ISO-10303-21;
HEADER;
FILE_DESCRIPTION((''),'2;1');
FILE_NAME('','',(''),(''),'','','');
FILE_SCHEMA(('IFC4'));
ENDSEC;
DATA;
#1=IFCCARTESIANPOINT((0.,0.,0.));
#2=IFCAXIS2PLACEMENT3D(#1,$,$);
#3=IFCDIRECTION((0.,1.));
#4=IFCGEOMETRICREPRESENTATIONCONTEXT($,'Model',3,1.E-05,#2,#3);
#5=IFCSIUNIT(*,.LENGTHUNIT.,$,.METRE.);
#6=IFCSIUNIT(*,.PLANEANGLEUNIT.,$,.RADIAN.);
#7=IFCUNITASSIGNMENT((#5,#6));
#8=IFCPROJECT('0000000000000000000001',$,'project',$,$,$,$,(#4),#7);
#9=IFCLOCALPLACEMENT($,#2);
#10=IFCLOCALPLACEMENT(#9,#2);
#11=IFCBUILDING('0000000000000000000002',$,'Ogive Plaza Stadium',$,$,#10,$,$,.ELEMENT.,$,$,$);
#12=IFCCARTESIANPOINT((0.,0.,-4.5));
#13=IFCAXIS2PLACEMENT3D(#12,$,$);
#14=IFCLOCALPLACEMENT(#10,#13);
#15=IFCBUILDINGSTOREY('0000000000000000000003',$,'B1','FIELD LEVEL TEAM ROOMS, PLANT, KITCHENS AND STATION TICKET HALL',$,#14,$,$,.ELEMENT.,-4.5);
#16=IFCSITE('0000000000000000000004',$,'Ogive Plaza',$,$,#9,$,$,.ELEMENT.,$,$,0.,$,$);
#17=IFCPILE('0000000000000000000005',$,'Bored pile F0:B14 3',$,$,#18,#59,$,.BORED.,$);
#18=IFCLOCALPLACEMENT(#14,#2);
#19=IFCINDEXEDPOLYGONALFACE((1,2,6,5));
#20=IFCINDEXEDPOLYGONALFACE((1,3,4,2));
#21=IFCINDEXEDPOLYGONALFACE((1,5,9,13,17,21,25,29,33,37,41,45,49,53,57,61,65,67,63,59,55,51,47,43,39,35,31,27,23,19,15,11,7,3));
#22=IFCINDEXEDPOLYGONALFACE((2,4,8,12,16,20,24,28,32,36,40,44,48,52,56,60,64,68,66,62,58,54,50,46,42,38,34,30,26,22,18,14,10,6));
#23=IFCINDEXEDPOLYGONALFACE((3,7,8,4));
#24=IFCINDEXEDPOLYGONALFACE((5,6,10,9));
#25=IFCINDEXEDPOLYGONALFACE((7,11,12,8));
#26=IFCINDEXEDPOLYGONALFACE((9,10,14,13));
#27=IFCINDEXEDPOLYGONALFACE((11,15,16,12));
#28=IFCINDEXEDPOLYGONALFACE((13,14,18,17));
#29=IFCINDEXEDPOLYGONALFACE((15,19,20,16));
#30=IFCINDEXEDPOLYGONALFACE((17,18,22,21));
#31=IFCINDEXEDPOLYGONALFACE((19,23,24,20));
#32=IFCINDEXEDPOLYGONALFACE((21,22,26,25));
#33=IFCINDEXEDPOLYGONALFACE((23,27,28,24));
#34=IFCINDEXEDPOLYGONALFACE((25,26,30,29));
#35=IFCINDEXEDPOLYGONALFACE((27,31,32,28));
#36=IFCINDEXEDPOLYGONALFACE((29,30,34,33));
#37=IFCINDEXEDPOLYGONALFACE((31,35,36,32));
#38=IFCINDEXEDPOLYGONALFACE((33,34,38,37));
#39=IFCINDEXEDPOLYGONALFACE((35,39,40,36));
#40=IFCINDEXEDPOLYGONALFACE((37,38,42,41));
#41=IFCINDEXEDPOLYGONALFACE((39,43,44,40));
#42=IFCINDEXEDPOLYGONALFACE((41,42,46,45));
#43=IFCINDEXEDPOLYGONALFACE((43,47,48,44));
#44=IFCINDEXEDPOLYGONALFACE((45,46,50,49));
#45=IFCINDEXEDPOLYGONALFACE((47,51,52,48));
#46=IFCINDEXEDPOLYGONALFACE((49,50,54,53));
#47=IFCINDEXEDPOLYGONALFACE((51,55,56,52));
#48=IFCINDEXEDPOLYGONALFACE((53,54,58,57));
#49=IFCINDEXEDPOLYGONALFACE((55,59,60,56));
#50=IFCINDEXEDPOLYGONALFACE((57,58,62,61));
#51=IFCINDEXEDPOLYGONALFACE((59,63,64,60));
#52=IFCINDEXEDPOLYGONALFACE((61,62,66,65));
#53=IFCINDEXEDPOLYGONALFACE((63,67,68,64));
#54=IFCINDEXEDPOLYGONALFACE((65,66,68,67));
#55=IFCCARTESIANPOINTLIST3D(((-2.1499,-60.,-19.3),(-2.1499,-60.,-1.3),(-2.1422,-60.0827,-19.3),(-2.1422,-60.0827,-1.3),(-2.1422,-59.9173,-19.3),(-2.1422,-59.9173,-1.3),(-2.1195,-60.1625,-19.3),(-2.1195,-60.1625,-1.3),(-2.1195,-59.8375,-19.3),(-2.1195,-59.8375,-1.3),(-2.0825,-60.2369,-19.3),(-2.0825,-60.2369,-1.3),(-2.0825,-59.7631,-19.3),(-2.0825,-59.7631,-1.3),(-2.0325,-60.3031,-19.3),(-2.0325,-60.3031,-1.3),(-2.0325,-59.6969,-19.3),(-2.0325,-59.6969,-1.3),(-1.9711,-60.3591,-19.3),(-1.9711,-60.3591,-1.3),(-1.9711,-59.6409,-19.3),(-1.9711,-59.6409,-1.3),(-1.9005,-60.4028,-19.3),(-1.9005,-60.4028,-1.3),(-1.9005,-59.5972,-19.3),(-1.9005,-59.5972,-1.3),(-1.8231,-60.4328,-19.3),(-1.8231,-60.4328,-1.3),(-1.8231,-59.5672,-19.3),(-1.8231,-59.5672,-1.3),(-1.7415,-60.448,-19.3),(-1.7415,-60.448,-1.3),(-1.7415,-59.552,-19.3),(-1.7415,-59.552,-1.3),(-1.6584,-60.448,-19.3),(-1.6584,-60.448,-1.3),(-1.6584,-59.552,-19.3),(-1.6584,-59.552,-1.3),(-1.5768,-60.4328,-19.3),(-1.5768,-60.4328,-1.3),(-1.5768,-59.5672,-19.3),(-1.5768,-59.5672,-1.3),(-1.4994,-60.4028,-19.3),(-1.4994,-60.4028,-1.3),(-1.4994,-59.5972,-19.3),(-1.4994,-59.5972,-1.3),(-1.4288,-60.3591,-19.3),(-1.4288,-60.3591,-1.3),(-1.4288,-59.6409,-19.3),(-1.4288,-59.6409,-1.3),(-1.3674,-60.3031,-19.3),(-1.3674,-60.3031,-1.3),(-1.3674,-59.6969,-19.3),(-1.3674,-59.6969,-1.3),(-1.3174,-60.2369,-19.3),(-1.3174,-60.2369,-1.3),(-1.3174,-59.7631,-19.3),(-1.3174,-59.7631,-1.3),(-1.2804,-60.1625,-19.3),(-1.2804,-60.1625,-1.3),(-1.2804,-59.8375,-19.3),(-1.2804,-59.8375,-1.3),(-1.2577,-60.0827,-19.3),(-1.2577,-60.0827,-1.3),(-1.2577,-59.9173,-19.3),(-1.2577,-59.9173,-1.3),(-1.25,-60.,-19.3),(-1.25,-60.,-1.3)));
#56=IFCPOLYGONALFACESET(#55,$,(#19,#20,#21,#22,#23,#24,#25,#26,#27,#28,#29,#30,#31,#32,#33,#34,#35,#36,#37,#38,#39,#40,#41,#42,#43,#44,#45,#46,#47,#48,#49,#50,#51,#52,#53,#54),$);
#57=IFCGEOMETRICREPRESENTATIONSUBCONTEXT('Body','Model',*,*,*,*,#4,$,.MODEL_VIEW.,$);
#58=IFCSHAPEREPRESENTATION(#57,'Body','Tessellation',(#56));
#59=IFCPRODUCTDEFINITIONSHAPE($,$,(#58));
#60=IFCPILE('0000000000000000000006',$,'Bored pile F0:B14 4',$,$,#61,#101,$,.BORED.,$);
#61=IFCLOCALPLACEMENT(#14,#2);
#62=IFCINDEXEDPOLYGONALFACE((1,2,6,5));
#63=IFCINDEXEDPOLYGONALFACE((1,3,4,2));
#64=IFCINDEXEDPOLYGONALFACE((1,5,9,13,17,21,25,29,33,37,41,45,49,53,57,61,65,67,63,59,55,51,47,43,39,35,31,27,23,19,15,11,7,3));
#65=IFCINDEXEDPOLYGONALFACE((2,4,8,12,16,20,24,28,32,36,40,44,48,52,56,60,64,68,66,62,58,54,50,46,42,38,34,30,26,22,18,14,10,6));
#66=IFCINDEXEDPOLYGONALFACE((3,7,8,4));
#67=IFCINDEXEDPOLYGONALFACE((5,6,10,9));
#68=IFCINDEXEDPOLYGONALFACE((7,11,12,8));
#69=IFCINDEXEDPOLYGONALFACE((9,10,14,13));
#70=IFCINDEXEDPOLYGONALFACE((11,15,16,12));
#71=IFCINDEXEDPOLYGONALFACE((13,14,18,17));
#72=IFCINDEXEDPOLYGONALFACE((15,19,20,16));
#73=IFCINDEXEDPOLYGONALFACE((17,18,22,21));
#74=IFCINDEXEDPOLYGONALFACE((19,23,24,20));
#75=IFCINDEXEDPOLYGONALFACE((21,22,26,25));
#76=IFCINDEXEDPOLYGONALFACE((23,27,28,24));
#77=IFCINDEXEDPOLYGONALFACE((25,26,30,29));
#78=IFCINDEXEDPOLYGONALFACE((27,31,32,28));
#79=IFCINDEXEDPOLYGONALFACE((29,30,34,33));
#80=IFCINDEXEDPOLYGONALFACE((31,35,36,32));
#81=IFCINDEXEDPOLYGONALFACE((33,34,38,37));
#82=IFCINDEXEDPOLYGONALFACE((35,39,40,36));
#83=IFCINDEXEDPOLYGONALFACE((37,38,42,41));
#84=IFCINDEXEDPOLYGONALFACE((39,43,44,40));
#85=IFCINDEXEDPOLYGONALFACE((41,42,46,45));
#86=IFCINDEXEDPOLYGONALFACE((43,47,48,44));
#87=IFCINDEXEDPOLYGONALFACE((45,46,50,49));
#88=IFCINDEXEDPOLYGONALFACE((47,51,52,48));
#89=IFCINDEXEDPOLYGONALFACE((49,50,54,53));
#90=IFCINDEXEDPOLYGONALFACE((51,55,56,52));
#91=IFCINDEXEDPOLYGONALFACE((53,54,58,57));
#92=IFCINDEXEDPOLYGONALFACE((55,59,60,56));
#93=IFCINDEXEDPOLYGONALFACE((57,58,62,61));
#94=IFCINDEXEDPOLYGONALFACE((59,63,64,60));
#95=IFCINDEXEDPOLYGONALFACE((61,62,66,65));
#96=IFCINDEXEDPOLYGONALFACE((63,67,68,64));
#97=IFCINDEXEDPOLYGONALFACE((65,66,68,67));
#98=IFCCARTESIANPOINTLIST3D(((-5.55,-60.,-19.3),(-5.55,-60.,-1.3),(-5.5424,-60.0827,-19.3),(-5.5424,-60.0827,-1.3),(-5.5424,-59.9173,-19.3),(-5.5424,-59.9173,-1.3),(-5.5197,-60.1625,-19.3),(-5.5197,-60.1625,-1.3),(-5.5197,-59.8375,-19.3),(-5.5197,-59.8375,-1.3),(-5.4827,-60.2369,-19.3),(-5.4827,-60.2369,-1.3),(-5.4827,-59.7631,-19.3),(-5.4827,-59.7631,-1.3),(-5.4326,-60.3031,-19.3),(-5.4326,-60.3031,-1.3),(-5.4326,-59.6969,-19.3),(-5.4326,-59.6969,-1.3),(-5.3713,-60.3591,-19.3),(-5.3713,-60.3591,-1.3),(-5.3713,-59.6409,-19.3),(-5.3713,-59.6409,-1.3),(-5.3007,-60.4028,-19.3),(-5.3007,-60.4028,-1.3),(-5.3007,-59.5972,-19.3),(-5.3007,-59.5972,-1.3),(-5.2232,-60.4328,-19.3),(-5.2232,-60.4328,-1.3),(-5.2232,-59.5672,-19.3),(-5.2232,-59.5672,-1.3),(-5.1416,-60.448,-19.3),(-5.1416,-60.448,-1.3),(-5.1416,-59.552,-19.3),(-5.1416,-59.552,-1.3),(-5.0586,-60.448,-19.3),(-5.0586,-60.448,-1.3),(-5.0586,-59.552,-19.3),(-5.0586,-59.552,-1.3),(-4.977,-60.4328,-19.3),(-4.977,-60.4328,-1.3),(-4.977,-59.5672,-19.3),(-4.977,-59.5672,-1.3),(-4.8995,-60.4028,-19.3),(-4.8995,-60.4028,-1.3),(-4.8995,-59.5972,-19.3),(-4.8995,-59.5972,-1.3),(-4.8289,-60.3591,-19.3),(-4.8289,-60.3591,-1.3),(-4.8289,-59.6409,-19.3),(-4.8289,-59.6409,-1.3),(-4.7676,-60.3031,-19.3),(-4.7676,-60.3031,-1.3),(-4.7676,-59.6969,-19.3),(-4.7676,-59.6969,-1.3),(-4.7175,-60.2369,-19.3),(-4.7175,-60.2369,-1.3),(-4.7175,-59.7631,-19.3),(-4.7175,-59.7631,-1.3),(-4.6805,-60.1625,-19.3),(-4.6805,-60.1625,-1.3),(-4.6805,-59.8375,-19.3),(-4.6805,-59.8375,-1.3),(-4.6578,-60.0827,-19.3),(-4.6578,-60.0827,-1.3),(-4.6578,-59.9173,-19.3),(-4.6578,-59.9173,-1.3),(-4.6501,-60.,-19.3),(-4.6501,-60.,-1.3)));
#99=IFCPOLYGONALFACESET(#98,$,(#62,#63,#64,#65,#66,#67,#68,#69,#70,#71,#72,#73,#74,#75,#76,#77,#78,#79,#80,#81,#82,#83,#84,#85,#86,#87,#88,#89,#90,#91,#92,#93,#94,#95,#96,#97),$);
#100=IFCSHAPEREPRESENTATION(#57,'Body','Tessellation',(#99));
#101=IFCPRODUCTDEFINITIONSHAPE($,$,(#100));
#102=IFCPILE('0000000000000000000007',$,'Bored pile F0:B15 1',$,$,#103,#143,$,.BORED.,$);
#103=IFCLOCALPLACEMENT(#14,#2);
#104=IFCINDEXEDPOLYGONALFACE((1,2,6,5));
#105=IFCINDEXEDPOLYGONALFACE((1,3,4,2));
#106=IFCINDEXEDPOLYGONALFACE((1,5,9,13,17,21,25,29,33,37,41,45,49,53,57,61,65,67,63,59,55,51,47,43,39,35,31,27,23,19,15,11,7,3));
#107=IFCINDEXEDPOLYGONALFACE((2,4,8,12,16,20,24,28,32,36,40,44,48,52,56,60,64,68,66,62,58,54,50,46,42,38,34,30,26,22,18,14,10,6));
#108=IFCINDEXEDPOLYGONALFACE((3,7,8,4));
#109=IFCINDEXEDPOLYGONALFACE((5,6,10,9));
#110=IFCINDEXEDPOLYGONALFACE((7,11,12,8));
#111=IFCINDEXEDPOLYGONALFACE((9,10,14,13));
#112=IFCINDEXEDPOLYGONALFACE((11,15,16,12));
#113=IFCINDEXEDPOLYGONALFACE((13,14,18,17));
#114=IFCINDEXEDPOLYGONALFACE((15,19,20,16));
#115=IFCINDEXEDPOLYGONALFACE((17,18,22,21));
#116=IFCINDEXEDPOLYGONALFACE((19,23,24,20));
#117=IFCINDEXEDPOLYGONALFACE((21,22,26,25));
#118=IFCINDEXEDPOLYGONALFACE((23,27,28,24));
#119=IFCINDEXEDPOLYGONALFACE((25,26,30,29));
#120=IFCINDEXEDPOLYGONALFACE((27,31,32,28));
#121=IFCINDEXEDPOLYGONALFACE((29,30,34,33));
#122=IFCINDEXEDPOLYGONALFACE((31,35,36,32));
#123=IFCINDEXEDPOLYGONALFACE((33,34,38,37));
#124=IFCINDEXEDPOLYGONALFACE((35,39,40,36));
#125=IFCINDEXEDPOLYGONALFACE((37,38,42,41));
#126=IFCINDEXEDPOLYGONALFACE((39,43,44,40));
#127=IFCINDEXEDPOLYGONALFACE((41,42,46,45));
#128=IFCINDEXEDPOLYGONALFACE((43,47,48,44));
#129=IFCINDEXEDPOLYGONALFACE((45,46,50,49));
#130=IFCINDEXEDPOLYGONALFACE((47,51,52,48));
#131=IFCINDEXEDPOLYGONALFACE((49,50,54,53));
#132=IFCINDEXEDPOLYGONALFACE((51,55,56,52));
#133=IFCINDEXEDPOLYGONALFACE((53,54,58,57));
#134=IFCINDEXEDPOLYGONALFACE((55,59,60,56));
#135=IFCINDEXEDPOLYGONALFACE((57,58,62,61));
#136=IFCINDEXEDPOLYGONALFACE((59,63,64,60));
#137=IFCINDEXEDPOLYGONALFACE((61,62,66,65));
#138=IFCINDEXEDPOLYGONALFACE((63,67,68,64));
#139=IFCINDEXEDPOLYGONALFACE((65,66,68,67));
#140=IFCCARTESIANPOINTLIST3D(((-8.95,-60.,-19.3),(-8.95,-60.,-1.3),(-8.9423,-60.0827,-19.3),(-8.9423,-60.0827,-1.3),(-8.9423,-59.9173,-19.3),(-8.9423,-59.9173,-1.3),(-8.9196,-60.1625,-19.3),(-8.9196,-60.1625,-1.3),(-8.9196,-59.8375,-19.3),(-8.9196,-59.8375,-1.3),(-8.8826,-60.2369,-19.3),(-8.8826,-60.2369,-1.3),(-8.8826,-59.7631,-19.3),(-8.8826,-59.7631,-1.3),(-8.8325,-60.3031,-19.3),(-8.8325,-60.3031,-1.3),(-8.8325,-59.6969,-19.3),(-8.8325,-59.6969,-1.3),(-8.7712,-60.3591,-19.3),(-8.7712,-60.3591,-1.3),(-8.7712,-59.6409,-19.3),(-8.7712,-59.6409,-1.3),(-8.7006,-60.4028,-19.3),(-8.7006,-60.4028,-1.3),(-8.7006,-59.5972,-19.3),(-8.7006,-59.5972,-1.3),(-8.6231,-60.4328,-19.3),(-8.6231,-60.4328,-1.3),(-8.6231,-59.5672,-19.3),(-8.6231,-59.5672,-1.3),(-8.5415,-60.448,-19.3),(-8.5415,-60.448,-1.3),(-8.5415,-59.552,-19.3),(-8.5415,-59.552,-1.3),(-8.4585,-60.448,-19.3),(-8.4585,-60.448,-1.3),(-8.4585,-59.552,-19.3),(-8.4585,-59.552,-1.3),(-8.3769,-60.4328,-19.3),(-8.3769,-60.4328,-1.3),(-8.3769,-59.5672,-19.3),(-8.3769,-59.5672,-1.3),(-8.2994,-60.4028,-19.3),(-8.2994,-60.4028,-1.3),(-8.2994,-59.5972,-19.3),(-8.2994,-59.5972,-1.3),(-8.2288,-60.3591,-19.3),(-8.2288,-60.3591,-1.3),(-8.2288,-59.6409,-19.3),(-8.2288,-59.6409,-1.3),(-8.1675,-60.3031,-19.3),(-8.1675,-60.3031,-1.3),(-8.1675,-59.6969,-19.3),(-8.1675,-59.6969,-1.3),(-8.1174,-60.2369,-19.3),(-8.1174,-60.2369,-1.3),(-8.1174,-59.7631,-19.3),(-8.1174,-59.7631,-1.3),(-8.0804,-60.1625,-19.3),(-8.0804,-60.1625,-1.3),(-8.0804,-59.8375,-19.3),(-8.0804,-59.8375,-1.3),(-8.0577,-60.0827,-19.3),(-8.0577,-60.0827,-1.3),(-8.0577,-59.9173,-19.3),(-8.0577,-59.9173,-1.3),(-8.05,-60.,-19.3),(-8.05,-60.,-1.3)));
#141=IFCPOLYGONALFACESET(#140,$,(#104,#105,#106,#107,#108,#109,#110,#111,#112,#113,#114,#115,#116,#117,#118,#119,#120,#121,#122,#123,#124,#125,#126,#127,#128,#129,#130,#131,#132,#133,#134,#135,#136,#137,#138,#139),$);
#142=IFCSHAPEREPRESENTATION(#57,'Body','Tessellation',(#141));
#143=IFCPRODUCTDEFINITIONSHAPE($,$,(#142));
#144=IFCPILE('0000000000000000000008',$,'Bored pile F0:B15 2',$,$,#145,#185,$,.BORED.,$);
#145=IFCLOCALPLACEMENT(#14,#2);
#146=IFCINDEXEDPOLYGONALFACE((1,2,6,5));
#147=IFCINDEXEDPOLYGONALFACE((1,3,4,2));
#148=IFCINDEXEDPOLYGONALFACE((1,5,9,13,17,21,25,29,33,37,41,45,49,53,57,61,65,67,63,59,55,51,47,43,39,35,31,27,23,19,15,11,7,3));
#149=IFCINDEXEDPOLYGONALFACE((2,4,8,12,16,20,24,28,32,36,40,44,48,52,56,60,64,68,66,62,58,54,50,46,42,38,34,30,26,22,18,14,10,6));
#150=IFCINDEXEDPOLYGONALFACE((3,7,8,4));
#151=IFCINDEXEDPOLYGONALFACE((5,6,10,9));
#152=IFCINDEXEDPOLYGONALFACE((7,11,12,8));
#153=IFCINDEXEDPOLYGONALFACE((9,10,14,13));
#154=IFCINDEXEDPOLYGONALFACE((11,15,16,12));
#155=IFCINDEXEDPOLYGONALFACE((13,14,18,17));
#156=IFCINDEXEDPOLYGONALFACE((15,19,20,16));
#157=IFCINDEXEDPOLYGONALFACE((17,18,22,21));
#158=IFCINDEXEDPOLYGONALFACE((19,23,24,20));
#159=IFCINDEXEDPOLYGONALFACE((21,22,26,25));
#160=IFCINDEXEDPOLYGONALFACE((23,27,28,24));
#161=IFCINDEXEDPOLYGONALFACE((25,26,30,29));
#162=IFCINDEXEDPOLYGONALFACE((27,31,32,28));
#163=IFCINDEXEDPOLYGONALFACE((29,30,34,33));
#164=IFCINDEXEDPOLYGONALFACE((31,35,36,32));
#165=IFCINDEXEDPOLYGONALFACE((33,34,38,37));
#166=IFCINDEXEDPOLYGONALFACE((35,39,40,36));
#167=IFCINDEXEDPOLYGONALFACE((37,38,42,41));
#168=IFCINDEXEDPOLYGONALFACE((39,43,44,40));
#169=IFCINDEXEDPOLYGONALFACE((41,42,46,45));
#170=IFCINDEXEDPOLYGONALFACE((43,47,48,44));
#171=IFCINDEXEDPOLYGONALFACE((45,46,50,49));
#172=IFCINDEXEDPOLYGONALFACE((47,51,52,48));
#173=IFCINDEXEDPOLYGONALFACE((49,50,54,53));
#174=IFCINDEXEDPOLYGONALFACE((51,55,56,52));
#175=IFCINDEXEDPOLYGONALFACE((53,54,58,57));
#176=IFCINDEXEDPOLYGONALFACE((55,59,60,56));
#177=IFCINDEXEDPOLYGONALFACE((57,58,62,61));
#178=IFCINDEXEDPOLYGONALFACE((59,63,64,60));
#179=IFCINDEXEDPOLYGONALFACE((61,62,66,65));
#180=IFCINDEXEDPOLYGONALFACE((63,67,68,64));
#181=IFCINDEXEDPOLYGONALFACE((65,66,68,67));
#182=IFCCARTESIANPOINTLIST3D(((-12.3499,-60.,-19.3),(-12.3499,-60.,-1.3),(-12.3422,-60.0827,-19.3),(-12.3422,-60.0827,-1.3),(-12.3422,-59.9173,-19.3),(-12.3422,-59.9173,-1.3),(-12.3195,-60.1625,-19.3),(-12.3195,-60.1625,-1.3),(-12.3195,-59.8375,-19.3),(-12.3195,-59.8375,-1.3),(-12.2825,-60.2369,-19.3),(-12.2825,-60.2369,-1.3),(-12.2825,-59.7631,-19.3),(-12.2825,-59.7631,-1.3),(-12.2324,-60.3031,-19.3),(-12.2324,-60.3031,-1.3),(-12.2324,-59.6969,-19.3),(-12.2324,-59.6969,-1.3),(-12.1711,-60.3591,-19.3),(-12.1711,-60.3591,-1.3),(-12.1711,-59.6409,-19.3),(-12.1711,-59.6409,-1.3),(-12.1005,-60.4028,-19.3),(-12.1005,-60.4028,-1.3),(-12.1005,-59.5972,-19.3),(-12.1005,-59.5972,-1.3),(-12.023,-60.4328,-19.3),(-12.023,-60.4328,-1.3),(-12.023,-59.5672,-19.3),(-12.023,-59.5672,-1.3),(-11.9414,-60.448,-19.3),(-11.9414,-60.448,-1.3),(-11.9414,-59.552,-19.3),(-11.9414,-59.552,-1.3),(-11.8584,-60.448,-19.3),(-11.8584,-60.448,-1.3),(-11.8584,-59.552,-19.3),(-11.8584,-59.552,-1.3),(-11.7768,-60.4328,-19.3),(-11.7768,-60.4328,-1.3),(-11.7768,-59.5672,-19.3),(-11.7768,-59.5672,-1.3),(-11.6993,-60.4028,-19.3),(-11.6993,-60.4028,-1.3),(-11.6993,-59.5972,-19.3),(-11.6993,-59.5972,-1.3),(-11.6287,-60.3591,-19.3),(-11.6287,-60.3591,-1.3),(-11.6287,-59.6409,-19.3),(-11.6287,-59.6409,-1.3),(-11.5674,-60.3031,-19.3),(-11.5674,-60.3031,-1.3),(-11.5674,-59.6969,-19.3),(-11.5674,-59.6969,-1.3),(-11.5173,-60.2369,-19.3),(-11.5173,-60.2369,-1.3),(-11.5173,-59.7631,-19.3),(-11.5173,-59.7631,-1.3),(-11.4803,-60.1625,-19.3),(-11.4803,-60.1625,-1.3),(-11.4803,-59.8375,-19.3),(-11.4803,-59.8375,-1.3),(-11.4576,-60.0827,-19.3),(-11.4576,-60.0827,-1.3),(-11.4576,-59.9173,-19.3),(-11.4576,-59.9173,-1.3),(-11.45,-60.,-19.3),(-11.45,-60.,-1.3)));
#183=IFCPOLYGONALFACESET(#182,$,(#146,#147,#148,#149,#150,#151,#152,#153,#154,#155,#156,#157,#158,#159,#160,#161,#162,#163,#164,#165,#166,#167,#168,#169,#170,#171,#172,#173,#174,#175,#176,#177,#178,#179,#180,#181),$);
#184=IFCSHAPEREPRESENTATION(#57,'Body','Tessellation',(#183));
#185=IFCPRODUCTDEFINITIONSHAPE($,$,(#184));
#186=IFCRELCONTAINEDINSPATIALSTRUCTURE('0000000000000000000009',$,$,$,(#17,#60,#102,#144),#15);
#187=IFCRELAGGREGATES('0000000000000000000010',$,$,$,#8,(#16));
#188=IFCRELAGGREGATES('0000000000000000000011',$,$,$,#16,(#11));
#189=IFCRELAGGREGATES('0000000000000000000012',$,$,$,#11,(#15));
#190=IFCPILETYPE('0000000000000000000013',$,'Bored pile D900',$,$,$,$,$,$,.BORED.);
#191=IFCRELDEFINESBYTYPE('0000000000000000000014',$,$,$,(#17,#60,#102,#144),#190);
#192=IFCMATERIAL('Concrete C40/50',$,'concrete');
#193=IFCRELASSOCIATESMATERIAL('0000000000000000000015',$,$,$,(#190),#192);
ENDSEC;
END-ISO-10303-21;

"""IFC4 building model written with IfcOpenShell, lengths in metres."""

from ifc_helpers import new_model, si_unit, direction, frame, origin, origin_2d, place, context, subcontext, project, spatial, circle, extrude, material, material_profile, profile_set, type_object, element, save


model = new_model("IFC4")

# Units and contexts
model_context = context("Model", 3, precision=1e-05, world=origin(), true_north=direction((0.0, 1.0)))
body_context = subcontext(model_context, "Body", "Model", "MODEL_VIEW")
ifc_project = project(units=[si_unit("LENGTHUNIT", "METRE"), si_unit("PLANEANGLEUNIT", "RADIAN")], contexts=[model_context])

# Site, building, storey
site_placement = place(None, origin())
site = spatial("IfcSite", under=ifc_project, at=site_placement, Name="Ogive Plaza", CompositionType="ELEMENT", RefElevation=0.0)
building_placement = place(site_placement, origin())
building = spatial("IfcBuilding", under=site, at=building_placement, Name="Ogive Plaza Stadium", CompositionType="ELEMENT")
storey_placement = place(building_placement, frame((0.0, 0.0, -4.5)))
storey = spatial("IfcBuildingStorey", under=building, at=storey_placement, Name="B1", Description="FIELD LEVEL TEAM ROOMS, PLANT, KITCHENS AND STATION TICKET HALL", CompositionType="ELEMENT", Elevation=-4.5)

# Piles
ifc_material_1 = material(Name="Concrete C40/50", Category="concrete")
ifc_material_profile_1 = material_profile(ifc_material_1, circle(Radius=0.45, at=origin_2d()), Name="RC D900")
ifc_profile_set_1 = profile_set([ifc_material_profile_1], Name="Concrete C40/50")
pile_type_1 = type_object("IfcPileType", Name="Bored pile D900", PredefinedType="BORED", material=ifc_profile_set_1)
for number, where, z_axis, x_axis, name in (
    (1, (-1.7, -60.0, -1.3), (0.0, 0.0, -1.0), (1.0, 0.0, 0.0), "Bored pile F0:B14 3"),
    (2, (-5.1001, -60.0, -1.3), (0.0, 0.0, -1.0), (1.0, 0.0, 0.0), "Bored pile F0:B14 4"),
    (3, (-8.5, -60.0, -1.3), (0.0, 0.0, -1.0), (1.0, 0.0, 0.0), "Bored pile F0:B15 1"),
    (4, (-11.8999, -60.0, -1.3), (0.0, 0.0, -1.0), (1.0, 0.0, 0.0), "Bored pile F0:B15 2"),
):
    element("IfcPile", number, at=place(storey_placement, frame(where, z_axis=z_axis, x_axis=x_axis)), inside=storey, type_object=pile_type_1, Name=name, PredefinedType="BORED", context=body_context, shape_type="SweptSolid", body=[
        extrude(circle(Radius=0.45, at=origin_2d()), origin(), (0.0, 0.0, 1.0), 18.0),
    ])

save(model, "model.ifc")
